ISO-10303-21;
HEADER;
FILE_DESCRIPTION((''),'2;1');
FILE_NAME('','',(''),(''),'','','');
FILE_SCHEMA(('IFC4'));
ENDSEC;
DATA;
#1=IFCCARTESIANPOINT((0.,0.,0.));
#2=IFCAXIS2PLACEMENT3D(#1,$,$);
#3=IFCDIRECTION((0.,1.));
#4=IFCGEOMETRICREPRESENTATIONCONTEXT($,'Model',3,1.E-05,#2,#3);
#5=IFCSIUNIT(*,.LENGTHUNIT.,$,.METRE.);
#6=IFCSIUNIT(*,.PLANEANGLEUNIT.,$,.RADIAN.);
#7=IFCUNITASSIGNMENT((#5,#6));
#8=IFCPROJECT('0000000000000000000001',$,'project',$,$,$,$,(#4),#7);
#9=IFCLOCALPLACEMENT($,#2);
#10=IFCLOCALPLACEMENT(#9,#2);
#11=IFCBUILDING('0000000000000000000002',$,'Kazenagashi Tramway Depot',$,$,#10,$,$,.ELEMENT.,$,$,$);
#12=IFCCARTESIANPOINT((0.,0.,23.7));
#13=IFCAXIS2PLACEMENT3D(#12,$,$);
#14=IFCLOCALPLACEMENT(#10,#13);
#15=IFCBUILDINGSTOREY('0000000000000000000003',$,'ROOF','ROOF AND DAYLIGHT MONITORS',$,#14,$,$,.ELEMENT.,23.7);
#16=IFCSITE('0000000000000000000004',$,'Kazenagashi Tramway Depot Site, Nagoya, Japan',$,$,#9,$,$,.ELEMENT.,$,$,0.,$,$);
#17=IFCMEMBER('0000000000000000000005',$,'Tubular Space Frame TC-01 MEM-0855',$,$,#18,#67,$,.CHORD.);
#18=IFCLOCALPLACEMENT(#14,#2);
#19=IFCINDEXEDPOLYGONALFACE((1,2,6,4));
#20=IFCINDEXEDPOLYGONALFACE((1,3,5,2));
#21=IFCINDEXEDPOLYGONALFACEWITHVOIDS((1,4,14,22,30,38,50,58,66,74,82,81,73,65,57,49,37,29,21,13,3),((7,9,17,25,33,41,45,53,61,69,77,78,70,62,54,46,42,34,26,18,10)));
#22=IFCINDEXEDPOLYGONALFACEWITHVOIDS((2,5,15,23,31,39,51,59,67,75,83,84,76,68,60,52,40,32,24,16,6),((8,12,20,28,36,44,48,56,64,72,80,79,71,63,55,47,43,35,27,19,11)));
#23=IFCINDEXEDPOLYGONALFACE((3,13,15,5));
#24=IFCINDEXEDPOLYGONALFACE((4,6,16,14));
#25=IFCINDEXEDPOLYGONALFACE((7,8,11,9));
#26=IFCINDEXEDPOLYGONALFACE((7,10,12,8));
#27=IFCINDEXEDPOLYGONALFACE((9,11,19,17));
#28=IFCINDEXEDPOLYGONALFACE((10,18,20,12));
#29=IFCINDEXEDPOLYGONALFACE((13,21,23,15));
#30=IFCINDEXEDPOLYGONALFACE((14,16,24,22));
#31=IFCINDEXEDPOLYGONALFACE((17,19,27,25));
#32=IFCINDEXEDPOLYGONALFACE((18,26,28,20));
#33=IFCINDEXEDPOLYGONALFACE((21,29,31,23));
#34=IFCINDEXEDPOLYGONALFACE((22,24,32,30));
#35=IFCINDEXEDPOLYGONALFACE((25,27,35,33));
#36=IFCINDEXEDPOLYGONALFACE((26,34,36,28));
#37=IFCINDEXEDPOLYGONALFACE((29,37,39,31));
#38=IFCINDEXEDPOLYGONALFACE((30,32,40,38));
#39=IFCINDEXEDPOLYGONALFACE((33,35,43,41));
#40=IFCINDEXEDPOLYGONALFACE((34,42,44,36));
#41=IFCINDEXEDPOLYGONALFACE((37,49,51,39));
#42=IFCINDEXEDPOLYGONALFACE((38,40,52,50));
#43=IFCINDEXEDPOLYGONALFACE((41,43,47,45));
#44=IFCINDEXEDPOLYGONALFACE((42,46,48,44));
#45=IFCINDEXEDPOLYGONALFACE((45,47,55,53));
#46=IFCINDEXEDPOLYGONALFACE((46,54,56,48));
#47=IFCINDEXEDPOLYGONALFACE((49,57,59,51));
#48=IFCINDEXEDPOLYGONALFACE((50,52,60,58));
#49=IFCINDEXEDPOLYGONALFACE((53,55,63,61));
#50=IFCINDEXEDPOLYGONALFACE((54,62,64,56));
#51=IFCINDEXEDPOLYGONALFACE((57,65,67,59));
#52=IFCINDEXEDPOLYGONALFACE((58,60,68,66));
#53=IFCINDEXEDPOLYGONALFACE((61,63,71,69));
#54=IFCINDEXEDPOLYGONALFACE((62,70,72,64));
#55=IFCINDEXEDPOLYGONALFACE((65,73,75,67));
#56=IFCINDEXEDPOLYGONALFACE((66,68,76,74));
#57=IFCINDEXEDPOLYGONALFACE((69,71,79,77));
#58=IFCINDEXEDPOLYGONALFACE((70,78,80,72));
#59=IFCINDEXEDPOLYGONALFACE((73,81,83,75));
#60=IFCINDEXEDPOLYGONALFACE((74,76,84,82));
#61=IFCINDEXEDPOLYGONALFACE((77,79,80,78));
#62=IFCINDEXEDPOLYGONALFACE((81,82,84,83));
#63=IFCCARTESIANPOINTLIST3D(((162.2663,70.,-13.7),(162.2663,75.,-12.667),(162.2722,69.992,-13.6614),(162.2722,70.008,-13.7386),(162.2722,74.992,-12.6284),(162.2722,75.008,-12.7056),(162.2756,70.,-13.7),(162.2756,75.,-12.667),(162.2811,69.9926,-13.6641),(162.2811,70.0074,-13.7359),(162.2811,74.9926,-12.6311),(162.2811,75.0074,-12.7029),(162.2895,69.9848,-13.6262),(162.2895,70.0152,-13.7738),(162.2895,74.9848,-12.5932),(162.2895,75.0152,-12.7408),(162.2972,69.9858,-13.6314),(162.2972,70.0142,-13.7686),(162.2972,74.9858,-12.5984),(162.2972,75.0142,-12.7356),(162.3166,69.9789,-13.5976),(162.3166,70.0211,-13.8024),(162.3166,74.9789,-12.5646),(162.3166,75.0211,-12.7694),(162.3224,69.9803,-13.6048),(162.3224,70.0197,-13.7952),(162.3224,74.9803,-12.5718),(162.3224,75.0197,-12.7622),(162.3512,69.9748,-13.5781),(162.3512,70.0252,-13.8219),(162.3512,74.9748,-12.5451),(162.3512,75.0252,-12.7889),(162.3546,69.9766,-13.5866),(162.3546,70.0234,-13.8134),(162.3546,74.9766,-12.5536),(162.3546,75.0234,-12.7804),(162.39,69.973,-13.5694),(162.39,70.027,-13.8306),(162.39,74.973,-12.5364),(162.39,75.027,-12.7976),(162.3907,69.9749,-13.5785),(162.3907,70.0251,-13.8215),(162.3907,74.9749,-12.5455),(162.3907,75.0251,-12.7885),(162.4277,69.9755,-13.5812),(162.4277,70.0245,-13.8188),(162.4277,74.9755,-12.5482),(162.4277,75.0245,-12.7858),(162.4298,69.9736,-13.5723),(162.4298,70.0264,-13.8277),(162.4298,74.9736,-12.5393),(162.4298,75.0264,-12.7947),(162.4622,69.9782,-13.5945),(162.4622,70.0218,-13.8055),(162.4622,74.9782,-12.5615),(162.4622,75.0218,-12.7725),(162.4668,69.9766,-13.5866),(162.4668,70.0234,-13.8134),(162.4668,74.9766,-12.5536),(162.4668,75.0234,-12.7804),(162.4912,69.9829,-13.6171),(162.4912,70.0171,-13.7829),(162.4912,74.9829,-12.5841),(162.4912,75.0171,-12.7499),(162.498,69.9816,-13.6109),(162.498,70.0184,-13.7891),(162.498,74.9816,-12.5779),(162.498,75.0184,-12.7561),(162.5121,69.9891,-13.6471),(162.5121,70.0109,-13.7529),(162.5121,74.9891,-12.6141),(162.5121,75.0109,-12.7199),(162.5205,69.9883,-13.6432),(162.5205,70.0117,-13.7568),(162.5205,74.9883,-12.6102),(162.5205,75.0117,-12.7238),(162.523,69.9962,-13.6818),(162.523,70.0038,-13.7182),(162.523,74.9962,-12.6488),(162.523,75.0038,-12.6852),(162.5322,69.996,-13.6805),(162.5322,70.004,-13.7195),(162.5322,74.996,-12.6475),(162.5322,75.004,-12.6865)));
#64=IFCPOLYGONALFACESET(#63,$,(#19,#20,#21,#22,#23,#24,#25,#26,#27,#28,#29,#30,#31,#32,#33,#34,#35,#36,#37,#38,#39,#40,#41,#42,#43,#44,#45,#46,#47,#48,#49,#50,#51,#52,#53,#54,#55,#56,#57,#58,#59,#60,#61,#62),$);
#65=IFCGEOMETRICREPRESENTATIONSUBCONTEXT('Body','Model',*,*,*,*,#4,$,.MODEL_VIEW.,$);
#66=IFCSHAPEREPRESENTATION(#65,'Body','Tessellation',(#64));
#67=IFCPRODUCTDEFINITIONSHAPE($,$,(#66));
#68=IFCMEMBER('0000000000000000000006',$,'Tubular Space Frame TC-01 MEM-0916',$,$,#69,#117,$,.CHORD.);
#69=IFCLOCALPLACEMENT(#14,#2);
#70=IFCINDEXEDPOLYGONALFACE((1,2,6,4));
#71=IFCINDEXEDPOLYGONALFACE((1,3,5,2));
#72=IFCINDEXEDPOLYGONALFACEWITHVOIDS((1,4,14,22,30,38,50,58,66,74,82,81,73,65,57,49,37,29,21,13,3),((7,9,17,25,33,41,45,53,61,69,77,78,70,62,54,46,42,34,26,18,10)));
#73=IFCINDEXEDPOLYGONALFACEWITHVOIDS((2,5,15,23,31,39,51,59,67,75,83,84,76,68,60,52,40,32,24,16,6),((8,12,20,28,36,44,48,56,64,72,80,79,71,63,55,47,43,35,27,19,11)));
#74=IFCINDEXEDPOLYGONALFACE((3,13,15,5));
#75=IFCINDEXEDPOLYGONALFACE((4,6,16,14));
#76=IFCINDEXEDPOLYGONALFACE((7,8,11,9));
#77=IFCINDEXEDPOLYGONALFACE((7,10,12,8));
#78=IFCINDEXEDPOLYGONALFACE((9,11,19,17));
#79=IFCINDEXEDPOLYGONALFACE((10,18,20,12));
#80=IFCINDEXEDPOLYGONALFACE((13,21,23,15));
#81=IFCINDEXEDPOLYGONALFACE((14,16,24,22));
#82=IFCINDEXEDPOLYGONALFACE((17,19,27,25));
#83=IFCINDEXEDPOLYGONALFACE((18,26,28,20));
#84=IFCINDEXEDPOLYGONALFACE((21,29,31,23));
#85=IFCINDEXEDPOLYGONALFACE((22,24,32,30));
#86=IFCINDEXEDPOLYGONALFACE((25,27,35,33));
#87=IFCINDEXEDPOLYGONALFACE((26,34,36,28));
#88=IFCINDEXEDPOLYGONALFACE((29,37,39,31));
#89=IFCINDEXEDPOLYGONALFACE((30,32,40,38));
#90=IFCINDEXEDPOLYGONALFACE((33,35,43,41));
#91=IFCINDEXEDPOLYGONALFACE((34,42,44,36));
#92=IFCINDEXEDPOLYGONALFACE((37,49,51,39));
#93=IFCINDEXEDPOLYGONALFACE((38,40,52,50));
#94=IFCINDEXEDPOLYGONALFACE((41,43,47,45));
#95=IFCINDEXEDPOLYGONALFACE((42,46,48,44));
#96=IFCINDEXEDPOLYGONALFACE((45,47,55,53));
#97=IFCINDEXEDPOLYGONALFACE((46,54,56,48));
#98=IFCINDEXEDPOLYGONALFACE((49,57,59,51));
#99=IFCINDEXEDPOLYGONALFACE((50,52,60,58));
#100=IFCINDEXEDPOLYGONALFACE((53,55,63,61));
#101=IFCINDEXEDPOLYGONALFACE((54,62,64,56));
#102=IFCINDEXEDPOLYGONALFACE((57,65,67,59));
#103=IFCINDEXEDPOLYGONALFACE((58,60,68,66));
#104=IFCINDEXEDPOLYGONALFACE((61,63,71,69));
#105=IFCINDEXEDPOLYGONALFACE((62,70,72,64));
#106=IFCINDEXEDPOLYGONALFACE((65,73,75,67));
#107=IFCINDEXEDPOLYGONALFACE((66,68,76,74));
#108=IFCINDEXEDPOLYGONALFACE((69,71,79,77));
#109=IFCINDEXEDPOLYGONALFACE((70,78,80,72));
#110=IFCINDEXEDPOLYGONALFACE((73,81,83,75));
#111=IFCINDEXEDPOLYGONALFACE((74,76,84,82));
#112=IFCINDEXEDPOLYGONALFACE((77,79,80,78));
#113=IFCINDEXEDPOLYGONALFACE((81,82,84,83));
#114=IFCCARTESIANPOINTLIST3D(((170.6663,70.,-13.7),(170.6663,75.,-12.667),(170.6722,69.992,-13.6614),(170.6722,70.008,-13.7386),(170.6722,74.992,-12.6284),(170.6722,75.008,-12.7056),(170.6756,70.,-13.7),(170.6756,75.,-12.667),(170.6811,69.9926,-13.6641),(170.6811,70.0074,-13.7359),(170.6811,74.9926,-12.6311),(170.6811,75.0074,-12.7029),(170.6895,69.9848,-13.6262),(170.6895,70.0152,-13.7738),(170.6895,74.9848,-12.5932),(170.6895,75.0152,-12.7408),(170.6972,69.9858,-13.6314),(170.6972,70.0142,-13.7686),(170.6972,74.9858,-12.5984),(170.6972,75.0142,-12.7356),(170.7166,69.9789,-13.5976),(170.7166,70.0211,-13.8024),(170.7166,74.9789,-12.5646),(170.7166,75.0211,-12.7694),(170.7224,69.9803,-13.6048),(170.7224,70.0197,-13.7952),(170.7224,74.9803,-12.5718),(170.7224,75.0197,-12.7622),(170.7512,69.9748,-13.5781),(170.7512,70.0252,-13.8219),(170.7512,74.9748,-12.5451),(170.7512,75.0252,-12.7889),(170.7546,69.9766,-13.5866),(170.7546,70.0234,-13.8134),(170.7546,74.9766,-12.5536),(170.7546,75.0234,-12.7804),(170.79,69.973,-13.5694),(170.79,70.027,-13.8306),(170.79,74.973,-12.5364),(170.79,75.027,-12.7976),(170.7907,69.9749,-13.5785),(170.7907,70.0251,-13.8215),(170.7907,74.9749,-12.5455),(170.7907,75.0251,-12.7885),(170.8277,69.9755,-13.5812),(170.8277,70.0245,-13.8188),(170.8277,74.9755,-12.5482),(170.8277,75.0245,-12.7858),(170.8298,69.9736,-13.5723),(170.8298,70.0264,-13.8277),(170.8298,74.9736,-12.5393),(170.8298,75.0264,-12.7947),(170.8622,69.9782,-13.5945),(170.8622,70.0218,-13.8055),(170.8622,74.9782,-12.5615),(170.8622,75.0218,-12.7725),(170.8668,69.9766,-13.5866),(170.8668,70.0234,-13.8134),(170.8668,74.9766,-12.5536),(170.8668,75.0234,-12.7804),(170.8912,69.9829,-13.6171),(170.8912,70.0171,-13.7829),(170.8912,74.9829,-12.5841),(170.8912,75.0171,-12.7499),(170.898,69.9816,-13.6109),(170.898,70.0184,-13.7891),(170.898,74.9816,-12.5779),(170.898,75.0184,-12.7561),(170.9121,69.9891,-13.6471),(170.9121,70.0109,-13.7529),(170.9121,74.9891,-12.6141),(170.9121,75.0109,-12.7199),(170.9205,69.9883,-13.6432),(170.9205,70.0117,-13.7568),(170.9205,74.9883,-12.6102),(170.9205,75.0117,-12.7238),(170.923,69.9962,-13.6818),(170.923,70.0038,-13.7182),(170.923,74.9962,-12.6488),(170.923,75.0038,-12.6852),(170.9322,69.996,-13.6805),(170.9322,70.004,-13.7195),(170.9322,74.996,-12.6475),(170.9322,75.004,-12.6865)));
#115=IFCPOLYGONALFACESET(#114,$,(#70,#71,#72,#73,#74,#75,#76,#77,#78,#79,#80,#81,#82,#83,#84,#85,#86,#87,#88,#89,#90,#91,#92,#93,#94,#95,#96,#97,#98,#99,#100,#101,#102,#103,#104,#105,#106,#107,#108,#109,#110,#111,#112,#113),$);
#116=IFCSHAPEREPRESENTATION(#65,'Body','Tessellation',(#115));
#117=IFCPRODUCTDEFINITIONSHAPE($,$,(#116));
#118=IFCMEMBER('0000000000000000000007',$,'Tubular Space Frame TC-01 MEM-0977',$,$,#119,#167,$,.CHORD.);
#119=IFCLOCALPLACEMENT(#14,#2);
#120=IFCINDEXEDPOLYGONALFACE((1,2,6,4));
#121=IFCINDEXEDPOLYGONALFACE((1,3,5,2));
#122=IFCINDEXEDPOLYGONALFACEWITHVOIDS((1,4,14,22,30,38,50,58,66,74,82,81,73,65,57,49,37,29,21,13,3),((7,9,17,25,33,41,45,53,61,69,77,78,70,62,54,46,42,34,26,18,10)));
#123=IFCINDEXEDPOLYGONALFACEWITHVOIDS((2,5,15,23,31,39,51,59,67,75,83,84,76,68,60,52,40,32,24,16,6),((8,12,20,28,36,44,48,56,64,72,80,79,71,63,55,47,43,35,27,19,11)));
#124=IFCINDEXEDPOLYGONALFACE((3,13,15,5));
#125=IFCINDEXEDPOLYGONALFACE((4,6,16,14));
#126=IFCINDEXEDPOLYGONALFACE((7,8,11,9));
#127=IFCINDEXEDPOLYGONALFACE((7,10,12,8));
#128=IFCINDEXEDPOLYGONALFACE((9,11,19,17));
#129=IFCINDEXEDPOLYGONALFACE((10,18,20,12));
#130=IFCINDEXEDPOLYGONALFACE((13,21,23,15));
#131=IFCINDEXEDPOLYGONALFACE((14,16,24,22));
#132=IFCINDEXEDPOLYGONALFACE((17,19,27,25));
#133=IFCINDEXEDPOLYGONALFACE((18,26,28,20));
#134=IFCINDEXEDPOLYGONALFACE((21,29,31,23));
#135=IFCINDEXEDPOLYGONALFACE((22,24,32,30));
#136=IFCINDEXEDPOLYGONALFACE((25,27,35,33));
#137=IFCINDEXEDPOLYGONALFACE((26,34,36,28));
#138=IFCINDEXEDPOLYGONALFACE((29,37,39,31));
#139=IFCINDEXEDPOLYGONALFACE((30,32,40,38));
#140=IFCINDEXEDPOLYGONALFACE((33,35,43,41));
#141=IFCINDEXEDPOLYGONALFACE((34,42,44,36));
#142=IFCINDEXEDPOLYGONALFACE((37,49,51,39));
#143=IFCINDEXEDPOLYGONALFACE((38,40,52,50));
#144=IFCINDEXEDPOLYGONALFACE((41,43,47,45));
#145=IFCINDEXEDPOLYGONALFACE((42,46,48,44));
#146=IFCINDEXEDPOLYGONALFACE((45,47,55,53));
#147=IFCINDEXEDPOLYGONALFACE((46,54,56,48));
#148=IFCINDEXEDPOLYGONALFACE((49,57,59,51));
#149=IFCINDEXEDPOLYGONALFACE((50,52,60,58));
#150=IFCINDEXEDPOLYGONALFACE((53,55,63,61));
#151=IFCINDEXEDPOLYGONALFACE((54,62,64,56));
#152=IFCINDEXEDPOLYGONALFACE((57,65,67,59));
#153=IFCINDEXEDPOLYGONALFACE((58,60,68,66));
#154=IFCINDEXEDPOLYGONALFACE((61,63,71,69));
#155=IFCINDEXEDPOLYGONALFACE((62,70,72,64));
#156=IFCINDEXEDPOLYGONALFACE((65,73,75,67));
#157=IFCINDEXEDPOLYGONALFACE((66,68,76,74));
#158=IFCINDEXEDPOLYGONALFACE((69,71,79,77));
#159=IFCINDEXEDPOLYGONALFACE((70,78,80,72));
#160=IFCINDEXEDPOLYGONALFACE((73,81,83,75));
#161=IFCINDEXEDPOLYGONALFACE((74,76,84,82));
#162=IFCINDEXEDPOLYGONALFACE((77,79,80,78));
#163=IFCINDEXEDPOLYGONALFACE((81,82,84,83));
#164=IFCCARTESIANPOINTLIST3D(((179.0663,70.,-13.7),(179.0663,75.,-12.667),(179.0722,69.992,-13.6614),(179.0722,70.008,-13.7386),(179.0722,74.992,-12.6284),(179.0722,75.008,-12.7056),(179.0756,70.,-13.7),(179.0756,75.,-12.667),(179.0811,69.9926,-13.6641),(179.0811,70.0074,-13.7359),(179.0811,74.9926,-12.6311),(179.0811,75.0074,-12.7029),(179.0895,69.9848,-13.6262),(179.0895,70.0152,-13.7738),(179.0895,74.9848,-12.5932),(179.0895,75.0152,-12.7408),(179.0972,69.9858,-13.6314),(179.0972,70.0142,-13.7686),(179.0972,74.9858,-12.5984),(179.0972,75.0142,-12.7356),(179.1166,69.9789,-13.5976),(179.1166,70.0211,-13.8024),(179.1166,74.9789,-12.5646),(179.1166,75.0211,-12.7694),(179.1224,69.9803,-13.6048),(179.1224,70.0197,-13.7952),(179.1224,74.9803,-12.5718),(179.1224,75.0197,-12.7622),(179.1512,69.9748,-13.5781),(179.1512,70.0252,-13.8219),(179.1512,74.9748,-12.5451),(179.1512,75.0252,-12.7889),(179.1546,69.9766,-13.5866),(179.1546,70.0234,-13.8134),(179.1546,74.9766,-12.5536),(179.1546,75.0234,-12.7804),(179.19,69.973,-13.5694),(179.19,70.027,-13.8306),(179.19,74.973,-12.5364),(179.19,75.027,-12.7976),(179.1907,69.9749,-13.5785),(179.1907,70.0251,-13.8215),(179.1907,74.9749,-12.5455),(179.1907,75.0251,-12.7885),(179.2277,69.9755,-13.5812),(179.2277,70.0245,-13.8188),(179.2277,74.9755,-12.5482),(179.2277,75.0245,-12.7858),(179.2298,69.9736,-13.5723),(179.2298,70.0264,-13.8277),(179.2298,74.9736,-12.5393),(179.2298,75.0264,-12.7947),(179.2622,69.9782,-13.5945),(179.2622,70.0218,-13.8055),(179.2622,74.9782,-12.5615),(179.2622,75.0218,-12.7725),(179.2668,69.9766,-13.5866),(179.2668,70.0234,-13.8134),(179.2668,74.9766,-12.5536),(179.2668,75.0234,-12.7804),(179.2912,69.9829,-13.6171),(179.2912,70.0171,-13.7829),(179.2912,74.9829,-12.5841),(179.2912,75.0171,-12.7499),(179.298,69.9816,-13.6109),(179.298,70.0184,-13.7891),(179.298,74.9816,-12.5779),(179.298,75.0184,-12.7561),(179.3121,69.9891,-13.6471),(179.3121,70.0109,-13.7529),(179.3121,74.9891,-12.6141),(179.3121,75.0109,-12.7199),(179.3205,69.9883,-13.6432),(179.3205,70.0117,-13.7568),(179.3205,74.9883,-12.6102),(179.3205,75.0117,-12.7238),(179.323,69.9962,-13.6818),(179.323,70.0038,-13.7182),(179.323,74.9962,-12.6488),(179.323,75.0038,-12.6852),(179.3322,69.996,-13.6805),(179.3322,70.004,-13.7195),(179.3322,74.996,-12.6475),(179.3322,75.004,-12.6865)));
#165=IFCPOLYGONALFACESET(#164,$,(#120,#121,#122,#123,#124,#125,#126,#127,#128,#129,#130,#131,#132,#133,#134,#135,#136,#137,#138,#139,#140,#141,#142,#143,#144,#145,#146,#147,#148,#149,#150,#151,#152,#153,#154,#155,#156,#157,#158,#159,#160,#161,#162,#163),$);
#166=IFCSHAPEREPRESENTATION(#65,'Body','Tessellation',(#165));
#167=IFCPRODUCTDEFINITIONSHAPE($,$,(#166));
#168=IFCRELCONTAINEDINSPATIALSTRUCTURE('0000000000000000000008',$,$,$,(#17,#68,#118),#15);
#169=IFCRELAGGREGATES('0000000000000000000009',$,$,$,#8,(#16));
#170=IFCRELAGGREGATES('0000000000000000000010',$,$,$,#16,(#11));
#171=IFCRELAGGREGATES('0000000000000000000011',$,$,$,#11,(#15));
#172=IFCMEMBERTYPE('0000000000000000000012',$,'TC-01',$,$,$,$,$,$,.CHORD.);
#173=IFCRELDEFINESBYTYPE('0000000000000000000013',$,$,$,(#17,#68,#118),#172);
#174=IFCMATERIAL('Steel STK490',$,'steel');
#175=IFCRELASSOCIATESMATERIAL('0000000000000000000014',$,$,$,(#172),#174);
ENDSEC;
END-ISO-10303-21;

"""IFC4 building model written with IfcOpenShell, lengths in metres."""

from ifc_helpers import new_model, si_unit, direction, frame, origin, origin_2d, place, context, subcontext, project, spatial, hollow_circle, extrude, material, material_profile, profile_set, type_object, element, save


model = new_model("IFC4")

# Units and contexts
model_context = context("Model", 3, precision=1e-05, world=origin(), true_north=direction((0.0, 1.0)))
body_context = subcontext(model_context, "Body", "Model", "MODEL_VIEW")
ifc_project = project(units=[si_unit("LENGTHUNIT", "METRE"), si_unit("PLANEANGLEUNIT", "RADIAN")], contexts=[model_context])

# Site, building, storey
site_placement = place(None, origin())
site = spatial("IfcSite", under=ifc_project, at=site_placement, Name="Kazenagashi Tramway Depot Site, Nagoya, Japan", CompositionType="ELEMENT", RefElevation=0.0)
building_placement = place(site_placement, origin())
building = spatial("IfcBuilding", under=site, at=building_placement, Name="Kazenagashi Tramway Depot", CompositionType="ELEMENT")
storey_placement = place(building_placement, frame((0.0, 0.0, 23.7)))
storey = spatial("IfcBuildingStorey", under=building, at=storey_placement, Name="ROOF", Description="ROOF AND DAYLIGHT MONITORS", CompositionType="ELEMENT", Elevation=23.7)

# Members
ifc_material_1 = material(Name="Steel STK490", Category="steel")
ifc_material_profile_1 = material_profile(ifc_material_1, hollow_circle(Radius=0.1337, WallThickness=0.0093, at=origin_2d()), Name="CHS-267.4x9.3")
ifc_profile_set_1 = profile_set([ifc_material_profile_1], Name="Steel STK490")
member_type_1 = type_object("IfcMemberType", Name="TC-01", PredefinedType="CHORD", material=ifc_profile_set_1)
for number, where, z_axis, x_axis, name in (
    (1, (162.4, 70.0, -13.7), (0.0, 0.979318, 0.202327), (-1.0, 0.0, 0.0), "Tubular Space Frame TC-01 MEM-0855"),
    (2, (170.8, 70.0, -13.7), (0.0, 0.979318, 0.202327), (-1.0, 0.0, 0.0), "Tubular Space Frame TC-01 MEM-0916"),
    (3, (179.2, 70.0, -13.7), (0.0, 0.979318, 0.202327), (-1.0, 0.0, 0.0), "Tubular Space Frame TC-01 MEM-0977"),
):
    element("IfcMember", number, at=place(storey_placement, frame(where, z_axis=z_axis, x_axis=x_axis)), inside=storey, type_object=member_type_1, Name=name, PredefinedType="CHORD", context=body_context, shape_type="SweptSolid", body=[
        extrude(hollow_circle(Radius=0.1337, WallThickness=0.0093, at=origin_2d()), origin(), (0.0, 0.0, 1.0), 5.1056),
    ])

save(model, "model.ifc")
